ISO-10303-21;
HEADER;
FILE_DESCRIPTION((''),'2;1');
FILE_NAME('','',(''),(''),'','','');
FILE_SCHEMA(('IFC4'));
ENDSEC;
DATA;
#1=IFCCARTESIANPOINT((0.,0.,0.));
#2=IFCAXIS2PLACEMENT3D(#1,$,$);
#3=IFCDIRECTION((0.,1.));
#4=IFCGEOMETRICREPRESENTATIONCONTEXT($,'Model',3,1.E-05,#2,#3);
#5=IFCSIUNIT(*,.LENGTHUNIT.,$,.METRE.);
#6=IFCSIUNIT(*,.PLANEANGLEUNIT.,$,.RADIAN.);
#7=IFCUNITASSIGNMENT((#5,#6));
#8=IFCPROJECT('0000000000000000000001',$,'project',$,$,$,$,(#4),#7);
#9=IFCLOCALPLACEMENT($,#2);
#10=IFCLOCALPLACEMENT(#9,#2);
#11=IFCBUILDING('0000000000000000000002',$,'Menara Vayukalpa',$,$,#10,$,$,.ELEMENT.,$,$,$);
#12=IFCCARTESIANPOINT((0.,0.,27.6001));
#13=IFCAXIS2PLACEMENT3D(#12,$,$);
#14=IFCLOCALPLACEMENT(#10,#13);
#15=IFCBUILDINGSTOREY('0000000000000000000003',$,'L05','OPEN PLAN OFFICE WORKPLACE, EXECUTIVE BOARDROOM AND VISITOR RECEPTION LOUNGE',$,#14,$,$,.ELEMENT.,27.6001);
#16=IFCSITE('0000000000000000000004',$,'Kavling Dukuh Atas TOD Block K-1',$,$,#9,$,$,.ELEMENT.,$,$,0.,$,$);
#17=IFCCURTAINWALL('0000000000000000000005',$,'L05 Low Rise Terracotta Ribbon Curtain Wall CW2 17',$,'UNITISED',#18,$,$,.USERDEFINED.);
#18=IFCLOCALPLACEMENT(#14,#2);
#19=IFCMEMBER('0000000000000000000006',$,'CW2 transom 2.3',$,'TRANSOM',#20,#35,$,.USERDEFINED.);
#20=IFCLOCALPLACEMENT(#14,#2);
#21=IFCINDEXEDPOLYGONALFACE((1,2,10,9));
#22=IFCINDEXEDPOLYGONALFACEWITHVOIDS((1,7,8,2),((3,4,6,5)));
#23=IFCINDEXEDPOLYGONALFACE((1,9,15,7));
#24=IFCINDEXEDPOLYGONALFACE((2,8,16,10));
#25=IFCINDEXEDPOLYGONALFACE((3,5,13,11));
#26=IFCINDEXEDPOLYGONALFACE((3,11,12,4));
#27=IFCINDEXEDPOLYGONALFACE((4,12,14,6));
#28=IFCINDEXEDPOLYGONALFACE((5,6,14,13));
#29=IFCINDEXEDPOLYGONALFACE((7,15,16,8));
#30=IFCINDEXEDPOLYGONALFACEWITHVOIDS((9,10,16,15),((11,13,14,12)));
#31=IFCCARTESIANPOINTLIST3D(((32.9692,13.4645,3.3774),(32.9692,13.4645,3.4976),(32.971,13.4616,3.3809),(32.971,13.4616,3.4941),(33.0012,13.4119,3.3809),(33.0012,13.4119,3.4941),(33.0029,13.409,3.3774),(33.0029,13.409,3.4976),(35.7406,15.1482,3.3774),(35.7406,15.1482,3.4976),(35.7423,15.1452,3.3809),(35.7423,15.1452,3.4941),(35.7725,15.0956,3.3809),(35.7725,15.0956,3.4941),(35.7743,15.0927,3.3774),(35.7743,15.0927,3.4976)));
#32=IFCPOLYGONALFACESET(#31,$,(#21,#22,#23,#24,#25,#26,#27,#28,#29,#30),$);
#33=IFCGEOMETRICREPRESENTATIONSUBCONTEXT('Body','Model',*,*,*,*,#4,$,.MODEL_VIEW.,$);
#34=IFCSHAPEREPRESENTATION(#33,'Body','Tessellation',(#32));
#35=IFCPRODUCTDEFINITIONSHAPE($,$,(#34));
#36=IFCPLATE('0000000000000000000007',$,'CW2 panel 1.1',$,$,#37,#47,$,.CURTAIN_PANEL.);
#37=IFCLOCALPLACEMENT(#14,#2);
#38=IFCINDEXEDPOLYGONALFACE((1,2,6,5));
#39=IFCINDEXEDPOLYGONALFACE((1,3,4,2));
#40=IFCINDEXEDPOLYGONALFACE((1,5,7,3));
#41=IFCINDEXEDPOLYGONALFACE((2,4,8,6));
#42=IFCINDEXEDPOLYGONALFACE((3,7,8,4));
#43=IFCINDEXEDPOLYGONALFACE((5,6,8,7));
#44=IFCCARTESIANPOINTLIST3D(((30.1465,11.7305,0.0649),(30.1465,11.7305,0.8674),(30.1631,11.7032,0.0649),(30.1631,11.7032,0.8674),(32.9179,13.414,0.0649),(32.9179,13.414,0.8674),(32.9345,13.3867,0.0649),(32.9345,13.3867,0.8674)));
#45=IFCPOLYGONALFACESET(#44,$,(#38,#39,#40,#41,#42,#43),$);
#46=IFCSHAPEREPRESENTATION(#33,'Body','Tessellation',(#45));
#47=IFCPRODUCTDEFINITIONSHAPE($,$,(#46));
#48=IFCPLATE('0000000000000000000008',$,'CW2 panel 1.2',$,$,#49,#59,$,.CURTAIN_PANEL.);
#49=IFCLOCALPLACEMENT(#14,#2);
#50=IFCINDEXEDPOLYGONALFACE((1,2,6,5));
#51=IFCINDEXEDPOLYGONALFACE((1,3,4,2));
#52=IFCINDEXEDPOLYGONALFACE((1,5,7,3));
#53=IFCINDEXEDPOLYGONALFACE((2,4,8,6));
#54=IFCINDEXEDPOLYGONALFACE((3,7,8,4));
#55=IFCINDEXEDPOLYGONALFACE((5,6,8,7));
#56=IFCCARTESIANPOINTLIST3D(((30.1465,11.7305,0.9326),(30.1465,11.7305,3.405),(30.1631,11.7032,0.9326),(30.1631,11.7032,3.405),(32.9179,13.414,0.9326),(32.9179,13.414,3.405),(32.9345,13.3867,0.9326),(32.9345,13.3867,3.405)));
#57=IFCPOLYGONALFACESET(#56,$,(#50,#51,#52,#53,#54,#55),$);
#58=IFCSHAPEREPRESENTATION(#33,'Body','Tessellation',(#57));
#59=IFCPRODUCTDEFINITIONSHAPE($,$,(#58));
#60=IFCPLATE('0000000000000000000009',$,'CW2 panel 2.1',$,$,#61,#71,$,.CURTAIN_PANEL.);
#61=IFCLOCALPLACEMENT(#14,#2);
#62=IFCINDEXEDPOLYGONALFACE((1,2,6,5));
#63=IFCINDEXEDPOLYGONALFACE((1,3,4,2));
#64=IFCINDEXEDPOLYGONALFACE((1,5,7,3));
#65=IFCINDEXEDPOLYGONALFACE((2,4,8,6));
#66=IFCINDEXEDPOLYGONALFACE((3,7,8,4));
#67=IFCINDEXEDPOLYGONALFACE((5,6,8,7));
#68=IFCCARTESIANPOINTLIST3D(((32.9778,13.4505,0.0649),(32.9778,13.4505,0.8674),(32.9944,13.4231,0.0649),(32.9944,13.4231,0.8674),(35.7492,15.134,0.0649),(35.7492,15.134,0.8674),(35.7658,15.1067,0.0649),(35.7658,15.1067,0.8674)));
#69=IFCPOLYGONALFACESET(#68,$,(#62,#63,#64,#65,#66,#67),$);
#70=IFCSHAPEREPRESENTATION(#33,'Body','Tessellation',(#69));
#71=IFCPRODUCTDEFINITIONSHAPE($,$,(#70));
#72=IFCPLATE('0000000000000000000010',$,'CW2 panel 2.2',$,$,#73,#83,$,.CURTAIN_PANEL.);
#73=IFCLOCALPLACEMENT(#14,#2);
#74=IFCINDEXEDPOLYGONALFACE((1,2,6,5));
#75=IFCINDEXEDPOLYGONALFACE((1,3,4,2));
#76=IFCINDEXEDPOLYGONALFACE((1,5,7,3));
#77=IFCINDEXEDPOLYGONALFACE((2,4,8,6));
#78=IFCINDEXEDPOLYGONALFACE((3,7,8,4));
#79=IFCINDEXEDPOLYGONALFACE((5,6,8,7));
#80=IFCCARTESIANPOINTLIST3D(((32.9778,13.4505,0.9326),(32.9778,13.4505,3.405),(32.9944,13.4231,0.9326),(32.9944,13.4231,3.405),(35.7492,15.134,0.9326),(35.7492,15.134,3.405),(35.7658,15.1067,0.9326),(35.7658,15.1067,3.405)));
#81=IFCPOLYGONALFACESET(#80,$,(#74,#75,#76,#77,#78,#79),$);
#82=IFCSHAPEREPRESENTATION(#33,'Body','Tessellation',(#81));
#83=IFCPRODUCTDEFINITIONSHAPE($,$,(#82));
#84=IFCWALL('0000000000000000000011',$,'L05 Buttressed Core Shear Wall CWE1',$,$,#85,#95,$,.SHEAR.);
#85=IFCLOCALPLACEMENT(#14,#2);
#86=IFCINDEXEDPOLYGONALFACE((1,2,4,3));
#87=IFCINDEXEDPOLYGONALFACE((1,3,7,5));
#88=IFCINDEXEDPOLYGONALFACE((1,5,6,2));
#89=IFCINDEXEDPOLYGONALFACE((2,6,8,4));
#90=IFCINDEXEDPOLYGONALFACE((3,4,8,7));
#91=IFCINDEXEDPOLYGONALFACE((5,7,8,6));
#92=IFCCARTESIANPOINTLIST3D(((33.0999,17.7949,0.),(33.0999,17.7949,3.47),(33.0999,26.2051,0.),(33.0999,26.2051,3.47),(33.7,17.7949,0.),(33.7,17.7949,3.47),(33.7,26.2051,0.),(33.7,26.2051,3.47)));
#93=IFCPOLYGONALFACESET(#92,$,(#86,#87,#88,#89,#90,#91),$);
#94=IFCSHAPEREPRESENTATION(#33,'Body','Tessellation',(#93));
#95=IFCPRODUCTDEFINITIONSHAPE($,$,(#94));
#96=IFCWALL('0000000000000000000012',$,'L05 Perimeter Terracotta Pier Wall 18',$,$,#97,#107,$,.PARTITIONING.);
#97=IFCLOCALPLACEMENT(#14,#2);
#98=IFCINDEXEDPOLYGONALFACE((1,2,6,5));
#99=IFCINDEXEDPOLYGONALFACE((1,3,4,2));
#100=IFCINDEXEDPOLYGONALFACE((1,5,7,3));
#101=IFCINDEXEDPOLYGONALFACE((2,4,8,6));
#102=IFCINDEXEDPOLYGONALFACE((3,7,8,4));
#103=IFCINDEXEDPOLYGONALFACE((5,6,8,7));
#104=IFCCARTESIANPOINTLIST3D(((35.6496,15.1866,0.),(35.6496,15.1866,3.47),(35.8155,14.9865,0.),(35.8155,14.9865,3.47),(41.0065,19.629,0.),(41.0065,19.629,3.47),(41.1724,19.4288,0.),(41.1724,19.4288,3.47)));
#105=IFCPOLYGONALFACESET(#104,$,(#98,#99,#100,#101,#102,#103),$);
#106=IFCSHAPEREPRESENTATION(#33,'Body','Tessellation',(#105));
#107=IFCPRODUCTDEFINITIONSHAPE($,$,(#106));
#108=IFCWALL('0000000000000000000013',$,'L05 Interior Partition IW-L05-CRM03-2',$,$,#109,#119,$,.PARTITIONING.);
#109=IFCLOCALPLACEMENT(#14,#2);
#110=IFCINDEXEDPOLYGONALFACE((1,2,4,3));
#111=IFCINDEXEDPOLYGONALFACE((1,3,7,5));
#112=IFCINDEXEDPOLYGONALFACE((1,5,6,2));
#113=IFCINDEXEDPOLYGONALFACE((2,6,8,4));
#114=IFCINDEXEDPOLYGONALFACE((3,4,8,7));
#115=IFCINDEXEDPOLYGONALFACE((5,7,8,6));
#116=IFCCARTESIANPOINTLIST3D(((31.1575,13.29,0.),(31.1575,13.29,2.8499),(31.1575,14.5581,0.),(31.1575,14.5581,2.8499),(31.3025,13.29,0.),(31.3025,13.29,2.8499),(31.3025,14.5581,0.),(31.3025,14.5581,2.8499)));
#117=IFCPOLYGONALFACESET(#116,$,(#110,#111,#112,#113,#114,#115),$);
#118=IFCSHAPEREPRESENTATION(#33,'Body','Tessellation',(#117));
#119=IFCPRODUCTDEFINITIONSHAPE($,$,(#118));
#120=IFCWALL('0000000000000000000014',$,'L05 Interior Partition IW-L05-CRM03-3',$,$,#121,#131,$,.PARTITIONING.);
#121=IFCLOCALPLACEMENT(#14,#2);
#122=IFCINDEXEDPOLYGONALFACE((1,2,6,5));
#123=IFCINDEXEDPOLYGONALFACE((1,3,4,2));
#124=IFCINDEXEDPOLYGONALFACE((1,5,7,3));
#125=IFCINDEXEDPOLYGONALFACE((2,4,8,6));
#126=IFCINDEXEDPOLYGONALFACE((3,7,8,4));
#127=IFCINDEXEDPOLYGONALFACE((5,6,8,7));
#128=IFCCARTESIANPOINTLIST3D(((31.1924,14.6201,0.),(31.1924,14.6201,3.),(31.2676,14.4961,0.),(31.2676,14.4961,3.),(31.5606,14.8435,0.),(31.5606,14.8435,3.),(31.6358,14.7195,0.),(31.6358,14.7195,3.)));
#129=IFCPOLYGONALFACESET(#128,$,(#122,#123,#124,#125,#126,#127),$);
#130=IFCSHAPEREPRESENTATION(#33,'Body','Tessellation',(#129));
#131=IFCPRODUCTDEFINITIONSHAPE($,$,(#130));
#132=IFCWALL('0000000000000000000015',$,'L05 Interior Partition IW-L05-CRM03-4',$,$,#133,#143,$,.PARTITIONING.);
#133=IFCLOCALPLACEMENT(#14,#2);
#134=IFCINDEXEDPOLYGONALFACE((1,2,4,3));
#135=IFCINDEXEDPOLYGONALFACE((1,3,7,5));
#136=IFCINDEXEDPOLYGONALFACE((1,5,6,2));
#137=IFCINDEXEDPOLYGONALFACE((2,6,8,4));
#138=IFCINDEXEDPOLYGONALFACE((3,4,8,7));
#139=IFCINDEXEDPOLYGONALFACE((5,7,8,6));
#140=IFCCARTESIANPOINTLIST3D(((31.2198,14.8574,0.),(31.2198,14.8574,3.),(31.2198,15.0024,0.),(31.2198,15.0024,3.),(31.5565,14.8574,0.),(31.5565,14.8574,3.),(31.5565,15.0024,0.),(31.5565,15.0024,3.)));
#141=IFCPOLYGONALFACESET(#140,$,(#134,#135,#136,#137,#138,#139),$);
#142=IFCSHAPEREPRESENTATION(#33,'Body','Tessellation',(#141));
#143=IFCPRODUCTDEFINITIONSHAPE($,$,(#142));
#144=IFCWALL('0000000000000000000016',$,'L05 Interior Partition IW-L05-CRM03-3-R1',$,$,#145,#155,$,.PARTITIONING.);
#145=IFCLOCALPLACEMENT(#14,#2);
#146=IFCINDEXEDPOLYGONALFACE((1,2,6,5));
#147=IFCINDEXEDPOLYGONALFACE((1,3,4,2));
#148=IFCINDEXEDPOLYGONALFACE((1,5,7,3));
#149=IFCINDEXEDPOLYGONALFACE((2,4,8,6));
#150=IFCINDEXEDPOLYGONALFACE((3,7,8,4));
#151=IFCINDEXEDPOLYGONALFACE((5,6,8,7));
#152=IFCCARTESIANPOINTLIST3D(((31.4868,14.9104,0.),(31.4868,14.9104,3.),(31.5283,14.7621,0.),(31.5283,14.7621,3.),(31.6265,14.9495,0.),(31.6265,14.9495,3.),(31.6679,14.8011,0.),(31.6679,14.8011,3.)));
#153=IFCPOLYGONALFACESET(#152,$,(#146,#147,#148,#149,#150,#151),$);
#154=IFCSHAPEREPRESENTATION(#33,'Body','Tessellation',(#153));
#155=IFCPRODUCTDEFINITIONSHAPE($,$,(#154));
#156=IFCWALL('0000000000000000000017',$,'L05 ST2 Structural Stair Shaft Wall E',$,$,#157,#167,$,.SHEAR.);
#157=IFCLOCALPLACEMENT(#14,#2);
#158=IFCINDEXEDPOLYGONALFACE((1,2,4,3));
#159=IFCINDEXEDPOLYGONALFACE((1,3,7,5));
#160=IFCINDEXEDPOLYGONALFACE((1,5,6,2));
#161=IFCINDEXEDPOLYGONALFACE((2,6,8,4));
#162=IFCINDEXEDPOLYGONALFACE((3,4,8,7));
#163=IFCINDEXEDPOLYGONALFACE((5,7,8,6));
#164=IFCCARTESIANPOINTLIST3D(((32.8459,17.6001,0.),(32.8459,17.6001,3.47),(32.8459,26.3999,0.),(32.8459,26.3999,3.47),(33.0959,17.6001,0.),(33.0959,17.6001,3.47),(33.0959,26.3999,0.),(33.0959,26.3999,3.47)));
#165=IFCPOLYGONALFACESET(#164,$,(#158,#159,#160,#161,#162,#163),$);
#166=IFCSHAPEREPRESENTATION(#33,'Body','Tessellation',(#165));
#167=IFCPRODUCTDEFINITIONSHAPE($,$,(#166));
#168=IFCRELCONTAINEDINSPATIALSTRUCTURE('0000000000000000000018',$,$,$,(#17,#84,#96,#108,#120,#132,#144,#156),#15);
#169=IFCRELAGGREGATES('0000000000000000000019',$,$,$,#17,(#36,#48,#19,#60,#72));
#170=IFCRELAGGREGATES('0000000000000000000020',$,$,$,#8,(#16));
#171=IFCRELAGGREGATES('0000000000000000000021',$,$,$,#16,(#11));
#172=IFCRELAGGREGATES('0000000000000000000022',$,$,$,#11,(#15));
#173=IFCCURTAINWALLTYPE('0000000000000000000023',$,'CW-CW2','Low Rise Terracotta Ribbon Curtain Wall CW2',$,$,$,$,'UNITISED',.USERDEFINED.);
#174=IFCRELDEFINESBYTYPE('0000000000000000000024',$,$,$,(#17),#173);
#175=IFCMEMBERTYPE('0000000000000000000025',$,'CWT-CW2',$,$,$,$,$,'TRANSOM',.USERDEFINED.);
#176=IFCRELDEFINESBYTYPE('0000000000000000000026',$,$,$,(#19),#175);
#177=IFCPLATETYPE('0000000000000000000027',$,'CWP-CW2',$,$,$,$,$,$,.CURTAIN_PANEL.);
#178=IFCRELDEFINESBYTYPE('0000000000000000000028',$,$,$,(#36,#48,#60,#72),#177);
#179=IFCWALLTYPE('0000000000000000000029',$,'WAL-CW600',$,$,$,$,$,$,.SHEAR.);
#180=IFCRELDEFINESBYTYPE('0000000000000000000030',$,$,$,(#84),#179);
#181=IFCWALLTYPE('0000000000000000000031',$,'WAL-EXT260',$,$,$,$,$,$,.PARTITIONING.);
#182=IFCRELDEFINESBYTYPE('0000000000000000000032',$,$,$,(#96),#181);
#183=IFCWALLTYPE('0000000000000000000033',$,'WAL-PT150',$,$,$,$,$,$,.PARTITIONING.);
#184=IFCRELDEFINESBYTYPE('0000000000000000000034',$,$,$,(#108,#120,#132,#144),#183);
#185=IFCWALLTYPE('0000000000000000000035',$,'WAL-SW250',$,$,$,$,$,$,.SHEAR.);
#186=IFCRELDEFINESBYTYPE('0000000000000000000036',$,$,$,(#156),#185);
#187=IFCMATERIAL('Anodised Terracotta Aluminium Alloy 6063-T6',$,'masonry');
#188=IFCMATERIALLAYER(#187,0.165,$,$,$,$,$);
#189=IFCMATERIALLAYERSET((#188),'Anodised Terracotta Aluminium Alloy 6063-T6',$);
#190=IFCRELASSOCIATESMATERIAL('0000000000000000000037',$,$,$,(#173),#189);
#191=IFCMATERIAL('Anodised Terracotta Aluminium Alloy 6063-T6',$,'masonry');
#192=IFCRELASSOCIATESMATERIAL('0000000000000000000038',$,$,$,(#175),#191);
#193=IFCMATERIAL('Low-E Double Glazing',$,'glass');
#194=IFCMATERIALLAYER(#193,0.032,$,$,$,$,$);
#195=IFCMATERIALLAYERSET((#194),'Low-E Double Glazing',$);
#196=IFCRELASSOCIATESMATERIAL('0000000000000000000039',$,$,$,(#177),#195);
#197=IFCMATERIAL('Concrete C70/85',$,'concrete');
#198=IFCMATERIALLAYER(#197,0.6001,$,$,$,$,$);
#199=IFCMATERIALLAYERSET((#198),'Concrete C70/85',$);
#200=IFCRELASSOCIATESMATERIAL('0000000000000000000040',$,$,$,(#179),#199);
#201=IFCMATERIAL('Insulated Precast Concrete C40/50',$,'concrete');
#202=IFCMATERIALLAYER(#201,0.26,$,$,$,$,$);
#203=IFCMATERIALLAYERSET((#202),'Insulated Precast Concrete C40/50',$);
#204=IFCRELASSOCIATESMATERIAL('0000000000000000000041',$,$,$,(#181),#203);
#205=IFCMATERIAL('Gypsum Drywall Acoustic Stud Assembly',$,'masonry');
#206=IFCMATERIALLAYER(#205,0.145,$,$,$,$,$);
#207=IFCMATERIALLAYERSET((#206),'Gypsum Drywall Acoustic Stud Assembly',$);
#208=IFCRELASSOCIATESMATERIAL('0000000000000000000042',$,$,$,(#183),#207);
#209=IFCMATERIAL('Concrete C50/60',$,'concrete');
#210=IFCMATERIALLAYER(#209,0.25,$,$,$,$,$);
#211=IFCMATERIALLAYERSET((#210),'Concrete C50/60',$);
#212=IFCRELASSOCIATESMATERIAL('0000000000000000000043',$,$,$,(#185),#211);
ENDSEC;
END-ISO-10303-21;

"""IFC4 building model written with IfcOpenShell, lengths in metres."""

from ifc_helpers import new_model, si_unit, direction, frame, frame_2d, origin, origin_2d, place, context, subcontext, project, spatial, rectangle, hollow_rectangle, extrude, material, layer, layer_set, material_profile, profile_set, type_object, element, aggregate, save


model = new_model("IFC4")

# Units and contexts
model_context = context("Model", 3, precision=1e-05, world=origin(), true_north=direction((0.0, 1.0)))
body_context = subcontext(model_context, "Body", "Model", "MODEL_VIEW")
ifc_project = project(units=[si_unit("LENGTHUNIT", "METRE"), si_unit("PLANEANGLEUNIT", "RADIAN")], contexts=[model_context])

# Site, building, storey
site_placement = place(None, origin())
site = spatial("IfcSite", under=ifc_project, at=site_placement, Name="Kavling Dukuh Atas TOD Block K-1", CompositionType="ELEMENT", RefElevation=0.0)
building_placement = place(site_placement, origin())
building = spatial("IfcBuilding", under=site, at=building_placement, Name="Menara Vayukalpa", CompositionType="ELEMENT")
storey_placement = place(building_placement, frame((0.0, 0.0, 27.6001)))
storey = spatial("IfcBuildingStorey", under=building, at=storey_placement, Name="L05", Description="OPEN PLAN OFFICE WORKPLACE, EXECUTIVE BOARDROOM AND VISITOR RECEPTION LOUNGE", CompositionType="ELEMENT", Elevation=27.6001)

# Curtain wall, member, plates
ifc_material_1 = material(Name="Anodised Terracotta Aluminium Alloy 6063-T6", Category="masonry")
ifc_layer_1 = layer(ifc_material_1, 0.165)
ifc_layer_set_1 = layer_set([ifc_layer_1], Name="Anodised Terracotta Aluminium Alloy 6063-T6")
curtain_wall_type = type_object("IfcCurtainWallType", Name="CW-CW2", Description="Low Rise Terracotta Ribbon Curtain Wall CW2", ElementType="UNITISED", PredefinedType="USERDEFINED", material=ifc_layer_set_1)
curtain_wall_placement = place(storey_placement, origin())
curtain_wall = element("IfcCurtainWall", 1, at=curtain_wall_placement, inside=storey, type_object=curtain_wall_type, Name="L05 Low Rise Terracotta Ribbon Curtain Wall CW2 17", ObjectType="UNITISED", PredefinedType="USERDEFINED")
ifc_material_2 = material(Name="Anodised Terracotta Aluminium Alloy 6063-T6", Category="masonry")
ifc_material_profile_1 = material_profile(ifc_material_2, hollow_rectangle(XDim=0.0649, YDim=0.1201, WallThickness=0.0034, at=origin_2d()), Name="ALU 65x120x3.5")
ifc_profile_set_1 = profile_set([ifc_material_profile_1], Name="Anodised Terracotta Aluminium Alloy 6063-T6")
member_type_1 = type_object("IfcMemberType", Name="CWT-CW2", ElementType="TRANSOM", PredefinedType="USERDEFINED", material=ifc_profile_set_1)
member_1_placement = place(storey_placement, frame((32.9861, 13.4368, 3.4375), z_axis=(0.854643, 0.519216, 0.0), x_axis=(-0.519216, 0.854643, 0.0)))
member_1 = element("IfcMember", 2, at=member_1_placement, type_object=member_type_1, Name="CW2 transom 2.3", ObjectType="TRANSOM", PredefinedType="USERDEFINED", context=body_context, shape_type="SweptSolid", body=[
    extrude(hollow_rectangle(XDim=0.0649, YDim=0.1201, WallThickness=0.0034, at=origin_2d()), origin(), (0.0, 0.0, 1.0), 3.2427),
])
ifc_material_3 = material(Name="Low-E Double Glazing", Category="glass")
ifc_layer_2 = layer(ifc_material_3, 0.032)
ifc_layer_set_2 = layer_set([ifc_layer_2], Name="Low-E Double Glazing")
plate_type = type_object("IfcPlateType", Name="CWP-CW2", PredefinedType="CURTAIN_PANEL", material=ifc_layer_set_2)
plate_1_placement = place(storey_placement, frame((31.5405, 12.5586, 0.0649), z_axis=(0.0, 0.0, 1.0), x_axis=(0.854664, 0.519182, 0.0)))
plate_1 = element("IfcPlate", 3, at=plate_1_placement, type_object=plate_type, Name="CW2 panel 1.1", PredefinedType="CURTAIN_PANEL", context=body_context, shape_type="SweptSolid", body=[
    extrude(rectangle(XDim=3.2427, YDim=0.032, at=origin_2d()), origin(), (0.0, 0.0, 1.0), 0.8025),
])
plate_2_placement = place(storey_placement, frame((31.5405, 12.5586, 0.9326), z_axis=(0.0, 0.0, 1.0), x_axis=(0.854664, 0.519182, 0.0)))
plate_2 = element("IfcPlate", 4, at=plate_2_placement, type_object=plate_type, Name="CW2 panel 1.2", PredefinedType="CURTAIN_PANEL", context=body_context, shape_type="SweptSolid", body=[
    extrude(rectangle(XDim=3.2427, YDim=0.032, at=origin_2d()), origin(), (0.0, 0.0, 1.0), 2.4724),
])
plate_3_placement = place(storey_placement, frame((34.3718, 14.2786, 0.0649), z_axis=(0.0, 0.0, 1.0), x_axis=(0.854664, 0.519182, 0.0)))
plate_3 = element("IfcPlate", 5, at=plate_3_placement, type_object=plate_type, Name="CW2 panel 2.1", PredefinedType="CURTAIN_PANEL", context=body_context, shape_type="SweptSolid", body=[
    extrude(rectangle(XDim=3.2427, YDim=0.032, at=origin_2d()), origin(), (0.0, 0.0, 1.0), 0.8025),
])
plate_4_placement = place(storey_placement, frame((34.3718, 14.2786, 0.9326), z_axis=(0.0, 0.0, 1.0), x_axis=(0.854664, 0.519182, 0.0)))
plate_4 = element("IfcPlate", 6, at=plate_4_placement, type_object=plate_type, Name="CW2 panel 2.2", PredefinedType="CURTAIN_PANEL", context=body_context, shape_type="SweptSolid", body=[
    extrude(rectangle(XDim=3.2427, YDim=0.032, at=origin_2d()), origin(), (0.0, 0.0, 1.0), 2.4724),
])
aggregate(curtain_wall, [plate_1, plate_2, member_1, plate_3, plate_4])

# Walls
ifc_material_4 = material(Name="Concrete C70/85", Category="concrete")
ifc_layer_3 = layer(ifc_material_4, 0.6001)
ifc_layer_set_3 = layer_set([ifc_layer_3], Name="Concrete C70/85")
wall_type_1 = type_object("IfcWallType", Name="WAL-CW600", PredefinedType="SHEAR", material=ifc_layer_set_3)
wall_1_placement = place(storey_placement, frame((33.3999, 17.7949, 0.0), z_axis=(0.0, 0.0, 1.0), x_axis=(0.0, 1.0, 0.0)))
element("IfcWall", 7, at=wall_1_placement, inside=storey, type_object=wall_type_1, Name="L05 Buttressed Core Shear Wall CWE1", PredefinedType="SHEAR", context=body_context, shape_type="SweptSolid", body=[
    extrude(rectangle(XDim=8.4102, YDim=0.6001, at=frame_2d((4.2051, 0.0))), origin(), (0.0, 0.0, 1.0), 3.47),
])
ifc_material_5 = material(Name="Insulated Precast Concrete C40/50", Category="concrete")
ifc_layer_4 = layer(ifc_material_5, 0.26)
ifc_layer_set_4 = layer_set([ifc_layer_4], Name="Insulated Precast Concrete C40/50")
wall_type_2 = type_object("IfcWallType", Name="WAL-EXT260", PredefinedType="PARTITIONING", material=ifc_layer_set_4)
wall_2_placement = place(storey_placement, frame((41.0894, 19.5288, 0.0), z_axis=(0.0, 0.0, 1.0), x_axis=(-0.769755, -0.63834, 0.0)))
element("IfcWall", 8, at=wall_2_placement, inside=storey, type_object=wall_type_2, Name="L05 Perimeter Terracotta Pier Wall 18", PredefinedType="PARTITIONING", context=body_context, shape_type="SweptSolid", body=[
    extrude(rectangle(XDim=6.9592, YDim=0.26, at=frame_2d((3.4795, 0.0))), origin(), (0.0, 0.0, 1.0), 3.47),
])
ifc_material_6 = material(Name="Gypsum Drywall Acoustic Stud Assembly", Category="masonry")
ifc_layer_5 = layer(ifc_material_6, 0.145)
ifc_layer_set_5 = layer_set([ifc_layer_5], Name="Gypsum Drywall Acoustic Stud Assembly")
wall_type_3 = type_object("IfcWallType", Name="WAL-PT150", PredefinedType="PARTITIONING", material=ifc_layer_set_5)
wall_3_placement = place(storey_placement, frame((31.23, 13.29, 0.0), z_axis=(0.0, 0.0, 1.0), x_axis=(0.0, 1.0, 0.0)))
element("IfcWall", 9, at=wall_3_placement, inside=storey, type_object=wall_type_3, Name="L05 Interior Partition IW-L05-CRM03-2", PredefinedType="PARTITIONING", context=body_context, shape_type="SweptSolid", body=[
    extrude(rectangle(XDim=1.2681, YDim=0.145, at=frame_2d((0.634, 0.0))), origin(), (0.0, 0.0, 1.0), 2.8499),
])
wall_4_placement = place(storey_placement, frame((31.23, 14.5581, 0.0), z_axis=(0.0, 0.0, 1.0), x_axis=(0.854931, 0.518741, 0.0)))
element("IfcWall", 10, at=wall_4_placement, inside=storey, type_object=wall_type_3, Name="L05 Interior Partition IW-L05-CRM03-3", PredefinedType="PARTITIONING", context=body_context, shape_type="SweptSolid", body=[
    extrude(rectangle(XDim=0.4307, YDim=0.145, at=frame_2d((0.2153, 0.0))), origin(), (0.0, 0.0, 1.0), 3.0),
])
wall_5_placement = place(storey_placement, frame((31.5566, 14.9299, 0.0), z_axis=(0.0, 0.0, 1.0), x_axis=(-1.0, 0.0, 0.0)))
element("IfcWall", 11, at=wall_5_placement, inside=storey, type_object=wall_type_3, Name="L05 Interior Partition IW-L05-CRM03-4", PredefinedType="PARTITIONING", context=body_context, shape_type="SweptSolid", body=[
    extrude(rectangle(XDim=0.3367, YDim=0.145, at=frame_2d((0.1685, 0.0))), origin(), (0.0, 0.0, 1.0), 3.0),
])
wall_6_placement = place(storey_placement, frame((31.5981, 14.7815, 0.0), z_axis=(0.0, 0.0, 1.0), x_axis=(-0.269277, 0.963063, 0.0)))
element("IfcWall", 12, at=wall_6_placement, inside=storey, type_object=wall_type_3, Name="L05 Interior Partition IW-L05-CRM03-3-R1", PredefinedType="PARTITIONING", context=body_context, shape_type="SweptSolid", body=[
    extrude(rectangle(XDim=0.1541, YDim=0.145, at=frame_2d((0.0771, 0.0))), origin(), (0.0, 0.0, 1.0), 3.0),
])
ifc_material_7 = material(Name="Concrete C50/60", Category="concrete")
ifc_layer_6 = layer(ifc_material_7, 0.25)
ifc_layer_set_6 = layer_set([ifc_layer_6], Name="Concrete C50/60")
wall_type_4 = type_object("IfcWallType", Name="WAL-SW250", PredefinedType="SHEAR", material=ifc_layer_set_6)
wall_7_placement = place(storey_placement, frame((32.9709, 17.6001, 0.0), z_axis=(0.0, 0.0, 1.0), x_axis=(0.0, 1.0, 0.0)))
element("IfcWall", 13, at=wall_7_placement, inside=storey, type_object=wall_type_4, Name="L05 ST2 Structural Stair Shaft Wall E", PredefinedType="SHEAR", context=body_context, shape_type="SweptSolid", body=[
    extrude(rectangle(XDim=8.7998, YDim=0.25, at=frame_2d((4.3999, 0.0))), origin(), (0.0, 0.0, 1.0), 3.47),
])

save(model, "model.ifc")
